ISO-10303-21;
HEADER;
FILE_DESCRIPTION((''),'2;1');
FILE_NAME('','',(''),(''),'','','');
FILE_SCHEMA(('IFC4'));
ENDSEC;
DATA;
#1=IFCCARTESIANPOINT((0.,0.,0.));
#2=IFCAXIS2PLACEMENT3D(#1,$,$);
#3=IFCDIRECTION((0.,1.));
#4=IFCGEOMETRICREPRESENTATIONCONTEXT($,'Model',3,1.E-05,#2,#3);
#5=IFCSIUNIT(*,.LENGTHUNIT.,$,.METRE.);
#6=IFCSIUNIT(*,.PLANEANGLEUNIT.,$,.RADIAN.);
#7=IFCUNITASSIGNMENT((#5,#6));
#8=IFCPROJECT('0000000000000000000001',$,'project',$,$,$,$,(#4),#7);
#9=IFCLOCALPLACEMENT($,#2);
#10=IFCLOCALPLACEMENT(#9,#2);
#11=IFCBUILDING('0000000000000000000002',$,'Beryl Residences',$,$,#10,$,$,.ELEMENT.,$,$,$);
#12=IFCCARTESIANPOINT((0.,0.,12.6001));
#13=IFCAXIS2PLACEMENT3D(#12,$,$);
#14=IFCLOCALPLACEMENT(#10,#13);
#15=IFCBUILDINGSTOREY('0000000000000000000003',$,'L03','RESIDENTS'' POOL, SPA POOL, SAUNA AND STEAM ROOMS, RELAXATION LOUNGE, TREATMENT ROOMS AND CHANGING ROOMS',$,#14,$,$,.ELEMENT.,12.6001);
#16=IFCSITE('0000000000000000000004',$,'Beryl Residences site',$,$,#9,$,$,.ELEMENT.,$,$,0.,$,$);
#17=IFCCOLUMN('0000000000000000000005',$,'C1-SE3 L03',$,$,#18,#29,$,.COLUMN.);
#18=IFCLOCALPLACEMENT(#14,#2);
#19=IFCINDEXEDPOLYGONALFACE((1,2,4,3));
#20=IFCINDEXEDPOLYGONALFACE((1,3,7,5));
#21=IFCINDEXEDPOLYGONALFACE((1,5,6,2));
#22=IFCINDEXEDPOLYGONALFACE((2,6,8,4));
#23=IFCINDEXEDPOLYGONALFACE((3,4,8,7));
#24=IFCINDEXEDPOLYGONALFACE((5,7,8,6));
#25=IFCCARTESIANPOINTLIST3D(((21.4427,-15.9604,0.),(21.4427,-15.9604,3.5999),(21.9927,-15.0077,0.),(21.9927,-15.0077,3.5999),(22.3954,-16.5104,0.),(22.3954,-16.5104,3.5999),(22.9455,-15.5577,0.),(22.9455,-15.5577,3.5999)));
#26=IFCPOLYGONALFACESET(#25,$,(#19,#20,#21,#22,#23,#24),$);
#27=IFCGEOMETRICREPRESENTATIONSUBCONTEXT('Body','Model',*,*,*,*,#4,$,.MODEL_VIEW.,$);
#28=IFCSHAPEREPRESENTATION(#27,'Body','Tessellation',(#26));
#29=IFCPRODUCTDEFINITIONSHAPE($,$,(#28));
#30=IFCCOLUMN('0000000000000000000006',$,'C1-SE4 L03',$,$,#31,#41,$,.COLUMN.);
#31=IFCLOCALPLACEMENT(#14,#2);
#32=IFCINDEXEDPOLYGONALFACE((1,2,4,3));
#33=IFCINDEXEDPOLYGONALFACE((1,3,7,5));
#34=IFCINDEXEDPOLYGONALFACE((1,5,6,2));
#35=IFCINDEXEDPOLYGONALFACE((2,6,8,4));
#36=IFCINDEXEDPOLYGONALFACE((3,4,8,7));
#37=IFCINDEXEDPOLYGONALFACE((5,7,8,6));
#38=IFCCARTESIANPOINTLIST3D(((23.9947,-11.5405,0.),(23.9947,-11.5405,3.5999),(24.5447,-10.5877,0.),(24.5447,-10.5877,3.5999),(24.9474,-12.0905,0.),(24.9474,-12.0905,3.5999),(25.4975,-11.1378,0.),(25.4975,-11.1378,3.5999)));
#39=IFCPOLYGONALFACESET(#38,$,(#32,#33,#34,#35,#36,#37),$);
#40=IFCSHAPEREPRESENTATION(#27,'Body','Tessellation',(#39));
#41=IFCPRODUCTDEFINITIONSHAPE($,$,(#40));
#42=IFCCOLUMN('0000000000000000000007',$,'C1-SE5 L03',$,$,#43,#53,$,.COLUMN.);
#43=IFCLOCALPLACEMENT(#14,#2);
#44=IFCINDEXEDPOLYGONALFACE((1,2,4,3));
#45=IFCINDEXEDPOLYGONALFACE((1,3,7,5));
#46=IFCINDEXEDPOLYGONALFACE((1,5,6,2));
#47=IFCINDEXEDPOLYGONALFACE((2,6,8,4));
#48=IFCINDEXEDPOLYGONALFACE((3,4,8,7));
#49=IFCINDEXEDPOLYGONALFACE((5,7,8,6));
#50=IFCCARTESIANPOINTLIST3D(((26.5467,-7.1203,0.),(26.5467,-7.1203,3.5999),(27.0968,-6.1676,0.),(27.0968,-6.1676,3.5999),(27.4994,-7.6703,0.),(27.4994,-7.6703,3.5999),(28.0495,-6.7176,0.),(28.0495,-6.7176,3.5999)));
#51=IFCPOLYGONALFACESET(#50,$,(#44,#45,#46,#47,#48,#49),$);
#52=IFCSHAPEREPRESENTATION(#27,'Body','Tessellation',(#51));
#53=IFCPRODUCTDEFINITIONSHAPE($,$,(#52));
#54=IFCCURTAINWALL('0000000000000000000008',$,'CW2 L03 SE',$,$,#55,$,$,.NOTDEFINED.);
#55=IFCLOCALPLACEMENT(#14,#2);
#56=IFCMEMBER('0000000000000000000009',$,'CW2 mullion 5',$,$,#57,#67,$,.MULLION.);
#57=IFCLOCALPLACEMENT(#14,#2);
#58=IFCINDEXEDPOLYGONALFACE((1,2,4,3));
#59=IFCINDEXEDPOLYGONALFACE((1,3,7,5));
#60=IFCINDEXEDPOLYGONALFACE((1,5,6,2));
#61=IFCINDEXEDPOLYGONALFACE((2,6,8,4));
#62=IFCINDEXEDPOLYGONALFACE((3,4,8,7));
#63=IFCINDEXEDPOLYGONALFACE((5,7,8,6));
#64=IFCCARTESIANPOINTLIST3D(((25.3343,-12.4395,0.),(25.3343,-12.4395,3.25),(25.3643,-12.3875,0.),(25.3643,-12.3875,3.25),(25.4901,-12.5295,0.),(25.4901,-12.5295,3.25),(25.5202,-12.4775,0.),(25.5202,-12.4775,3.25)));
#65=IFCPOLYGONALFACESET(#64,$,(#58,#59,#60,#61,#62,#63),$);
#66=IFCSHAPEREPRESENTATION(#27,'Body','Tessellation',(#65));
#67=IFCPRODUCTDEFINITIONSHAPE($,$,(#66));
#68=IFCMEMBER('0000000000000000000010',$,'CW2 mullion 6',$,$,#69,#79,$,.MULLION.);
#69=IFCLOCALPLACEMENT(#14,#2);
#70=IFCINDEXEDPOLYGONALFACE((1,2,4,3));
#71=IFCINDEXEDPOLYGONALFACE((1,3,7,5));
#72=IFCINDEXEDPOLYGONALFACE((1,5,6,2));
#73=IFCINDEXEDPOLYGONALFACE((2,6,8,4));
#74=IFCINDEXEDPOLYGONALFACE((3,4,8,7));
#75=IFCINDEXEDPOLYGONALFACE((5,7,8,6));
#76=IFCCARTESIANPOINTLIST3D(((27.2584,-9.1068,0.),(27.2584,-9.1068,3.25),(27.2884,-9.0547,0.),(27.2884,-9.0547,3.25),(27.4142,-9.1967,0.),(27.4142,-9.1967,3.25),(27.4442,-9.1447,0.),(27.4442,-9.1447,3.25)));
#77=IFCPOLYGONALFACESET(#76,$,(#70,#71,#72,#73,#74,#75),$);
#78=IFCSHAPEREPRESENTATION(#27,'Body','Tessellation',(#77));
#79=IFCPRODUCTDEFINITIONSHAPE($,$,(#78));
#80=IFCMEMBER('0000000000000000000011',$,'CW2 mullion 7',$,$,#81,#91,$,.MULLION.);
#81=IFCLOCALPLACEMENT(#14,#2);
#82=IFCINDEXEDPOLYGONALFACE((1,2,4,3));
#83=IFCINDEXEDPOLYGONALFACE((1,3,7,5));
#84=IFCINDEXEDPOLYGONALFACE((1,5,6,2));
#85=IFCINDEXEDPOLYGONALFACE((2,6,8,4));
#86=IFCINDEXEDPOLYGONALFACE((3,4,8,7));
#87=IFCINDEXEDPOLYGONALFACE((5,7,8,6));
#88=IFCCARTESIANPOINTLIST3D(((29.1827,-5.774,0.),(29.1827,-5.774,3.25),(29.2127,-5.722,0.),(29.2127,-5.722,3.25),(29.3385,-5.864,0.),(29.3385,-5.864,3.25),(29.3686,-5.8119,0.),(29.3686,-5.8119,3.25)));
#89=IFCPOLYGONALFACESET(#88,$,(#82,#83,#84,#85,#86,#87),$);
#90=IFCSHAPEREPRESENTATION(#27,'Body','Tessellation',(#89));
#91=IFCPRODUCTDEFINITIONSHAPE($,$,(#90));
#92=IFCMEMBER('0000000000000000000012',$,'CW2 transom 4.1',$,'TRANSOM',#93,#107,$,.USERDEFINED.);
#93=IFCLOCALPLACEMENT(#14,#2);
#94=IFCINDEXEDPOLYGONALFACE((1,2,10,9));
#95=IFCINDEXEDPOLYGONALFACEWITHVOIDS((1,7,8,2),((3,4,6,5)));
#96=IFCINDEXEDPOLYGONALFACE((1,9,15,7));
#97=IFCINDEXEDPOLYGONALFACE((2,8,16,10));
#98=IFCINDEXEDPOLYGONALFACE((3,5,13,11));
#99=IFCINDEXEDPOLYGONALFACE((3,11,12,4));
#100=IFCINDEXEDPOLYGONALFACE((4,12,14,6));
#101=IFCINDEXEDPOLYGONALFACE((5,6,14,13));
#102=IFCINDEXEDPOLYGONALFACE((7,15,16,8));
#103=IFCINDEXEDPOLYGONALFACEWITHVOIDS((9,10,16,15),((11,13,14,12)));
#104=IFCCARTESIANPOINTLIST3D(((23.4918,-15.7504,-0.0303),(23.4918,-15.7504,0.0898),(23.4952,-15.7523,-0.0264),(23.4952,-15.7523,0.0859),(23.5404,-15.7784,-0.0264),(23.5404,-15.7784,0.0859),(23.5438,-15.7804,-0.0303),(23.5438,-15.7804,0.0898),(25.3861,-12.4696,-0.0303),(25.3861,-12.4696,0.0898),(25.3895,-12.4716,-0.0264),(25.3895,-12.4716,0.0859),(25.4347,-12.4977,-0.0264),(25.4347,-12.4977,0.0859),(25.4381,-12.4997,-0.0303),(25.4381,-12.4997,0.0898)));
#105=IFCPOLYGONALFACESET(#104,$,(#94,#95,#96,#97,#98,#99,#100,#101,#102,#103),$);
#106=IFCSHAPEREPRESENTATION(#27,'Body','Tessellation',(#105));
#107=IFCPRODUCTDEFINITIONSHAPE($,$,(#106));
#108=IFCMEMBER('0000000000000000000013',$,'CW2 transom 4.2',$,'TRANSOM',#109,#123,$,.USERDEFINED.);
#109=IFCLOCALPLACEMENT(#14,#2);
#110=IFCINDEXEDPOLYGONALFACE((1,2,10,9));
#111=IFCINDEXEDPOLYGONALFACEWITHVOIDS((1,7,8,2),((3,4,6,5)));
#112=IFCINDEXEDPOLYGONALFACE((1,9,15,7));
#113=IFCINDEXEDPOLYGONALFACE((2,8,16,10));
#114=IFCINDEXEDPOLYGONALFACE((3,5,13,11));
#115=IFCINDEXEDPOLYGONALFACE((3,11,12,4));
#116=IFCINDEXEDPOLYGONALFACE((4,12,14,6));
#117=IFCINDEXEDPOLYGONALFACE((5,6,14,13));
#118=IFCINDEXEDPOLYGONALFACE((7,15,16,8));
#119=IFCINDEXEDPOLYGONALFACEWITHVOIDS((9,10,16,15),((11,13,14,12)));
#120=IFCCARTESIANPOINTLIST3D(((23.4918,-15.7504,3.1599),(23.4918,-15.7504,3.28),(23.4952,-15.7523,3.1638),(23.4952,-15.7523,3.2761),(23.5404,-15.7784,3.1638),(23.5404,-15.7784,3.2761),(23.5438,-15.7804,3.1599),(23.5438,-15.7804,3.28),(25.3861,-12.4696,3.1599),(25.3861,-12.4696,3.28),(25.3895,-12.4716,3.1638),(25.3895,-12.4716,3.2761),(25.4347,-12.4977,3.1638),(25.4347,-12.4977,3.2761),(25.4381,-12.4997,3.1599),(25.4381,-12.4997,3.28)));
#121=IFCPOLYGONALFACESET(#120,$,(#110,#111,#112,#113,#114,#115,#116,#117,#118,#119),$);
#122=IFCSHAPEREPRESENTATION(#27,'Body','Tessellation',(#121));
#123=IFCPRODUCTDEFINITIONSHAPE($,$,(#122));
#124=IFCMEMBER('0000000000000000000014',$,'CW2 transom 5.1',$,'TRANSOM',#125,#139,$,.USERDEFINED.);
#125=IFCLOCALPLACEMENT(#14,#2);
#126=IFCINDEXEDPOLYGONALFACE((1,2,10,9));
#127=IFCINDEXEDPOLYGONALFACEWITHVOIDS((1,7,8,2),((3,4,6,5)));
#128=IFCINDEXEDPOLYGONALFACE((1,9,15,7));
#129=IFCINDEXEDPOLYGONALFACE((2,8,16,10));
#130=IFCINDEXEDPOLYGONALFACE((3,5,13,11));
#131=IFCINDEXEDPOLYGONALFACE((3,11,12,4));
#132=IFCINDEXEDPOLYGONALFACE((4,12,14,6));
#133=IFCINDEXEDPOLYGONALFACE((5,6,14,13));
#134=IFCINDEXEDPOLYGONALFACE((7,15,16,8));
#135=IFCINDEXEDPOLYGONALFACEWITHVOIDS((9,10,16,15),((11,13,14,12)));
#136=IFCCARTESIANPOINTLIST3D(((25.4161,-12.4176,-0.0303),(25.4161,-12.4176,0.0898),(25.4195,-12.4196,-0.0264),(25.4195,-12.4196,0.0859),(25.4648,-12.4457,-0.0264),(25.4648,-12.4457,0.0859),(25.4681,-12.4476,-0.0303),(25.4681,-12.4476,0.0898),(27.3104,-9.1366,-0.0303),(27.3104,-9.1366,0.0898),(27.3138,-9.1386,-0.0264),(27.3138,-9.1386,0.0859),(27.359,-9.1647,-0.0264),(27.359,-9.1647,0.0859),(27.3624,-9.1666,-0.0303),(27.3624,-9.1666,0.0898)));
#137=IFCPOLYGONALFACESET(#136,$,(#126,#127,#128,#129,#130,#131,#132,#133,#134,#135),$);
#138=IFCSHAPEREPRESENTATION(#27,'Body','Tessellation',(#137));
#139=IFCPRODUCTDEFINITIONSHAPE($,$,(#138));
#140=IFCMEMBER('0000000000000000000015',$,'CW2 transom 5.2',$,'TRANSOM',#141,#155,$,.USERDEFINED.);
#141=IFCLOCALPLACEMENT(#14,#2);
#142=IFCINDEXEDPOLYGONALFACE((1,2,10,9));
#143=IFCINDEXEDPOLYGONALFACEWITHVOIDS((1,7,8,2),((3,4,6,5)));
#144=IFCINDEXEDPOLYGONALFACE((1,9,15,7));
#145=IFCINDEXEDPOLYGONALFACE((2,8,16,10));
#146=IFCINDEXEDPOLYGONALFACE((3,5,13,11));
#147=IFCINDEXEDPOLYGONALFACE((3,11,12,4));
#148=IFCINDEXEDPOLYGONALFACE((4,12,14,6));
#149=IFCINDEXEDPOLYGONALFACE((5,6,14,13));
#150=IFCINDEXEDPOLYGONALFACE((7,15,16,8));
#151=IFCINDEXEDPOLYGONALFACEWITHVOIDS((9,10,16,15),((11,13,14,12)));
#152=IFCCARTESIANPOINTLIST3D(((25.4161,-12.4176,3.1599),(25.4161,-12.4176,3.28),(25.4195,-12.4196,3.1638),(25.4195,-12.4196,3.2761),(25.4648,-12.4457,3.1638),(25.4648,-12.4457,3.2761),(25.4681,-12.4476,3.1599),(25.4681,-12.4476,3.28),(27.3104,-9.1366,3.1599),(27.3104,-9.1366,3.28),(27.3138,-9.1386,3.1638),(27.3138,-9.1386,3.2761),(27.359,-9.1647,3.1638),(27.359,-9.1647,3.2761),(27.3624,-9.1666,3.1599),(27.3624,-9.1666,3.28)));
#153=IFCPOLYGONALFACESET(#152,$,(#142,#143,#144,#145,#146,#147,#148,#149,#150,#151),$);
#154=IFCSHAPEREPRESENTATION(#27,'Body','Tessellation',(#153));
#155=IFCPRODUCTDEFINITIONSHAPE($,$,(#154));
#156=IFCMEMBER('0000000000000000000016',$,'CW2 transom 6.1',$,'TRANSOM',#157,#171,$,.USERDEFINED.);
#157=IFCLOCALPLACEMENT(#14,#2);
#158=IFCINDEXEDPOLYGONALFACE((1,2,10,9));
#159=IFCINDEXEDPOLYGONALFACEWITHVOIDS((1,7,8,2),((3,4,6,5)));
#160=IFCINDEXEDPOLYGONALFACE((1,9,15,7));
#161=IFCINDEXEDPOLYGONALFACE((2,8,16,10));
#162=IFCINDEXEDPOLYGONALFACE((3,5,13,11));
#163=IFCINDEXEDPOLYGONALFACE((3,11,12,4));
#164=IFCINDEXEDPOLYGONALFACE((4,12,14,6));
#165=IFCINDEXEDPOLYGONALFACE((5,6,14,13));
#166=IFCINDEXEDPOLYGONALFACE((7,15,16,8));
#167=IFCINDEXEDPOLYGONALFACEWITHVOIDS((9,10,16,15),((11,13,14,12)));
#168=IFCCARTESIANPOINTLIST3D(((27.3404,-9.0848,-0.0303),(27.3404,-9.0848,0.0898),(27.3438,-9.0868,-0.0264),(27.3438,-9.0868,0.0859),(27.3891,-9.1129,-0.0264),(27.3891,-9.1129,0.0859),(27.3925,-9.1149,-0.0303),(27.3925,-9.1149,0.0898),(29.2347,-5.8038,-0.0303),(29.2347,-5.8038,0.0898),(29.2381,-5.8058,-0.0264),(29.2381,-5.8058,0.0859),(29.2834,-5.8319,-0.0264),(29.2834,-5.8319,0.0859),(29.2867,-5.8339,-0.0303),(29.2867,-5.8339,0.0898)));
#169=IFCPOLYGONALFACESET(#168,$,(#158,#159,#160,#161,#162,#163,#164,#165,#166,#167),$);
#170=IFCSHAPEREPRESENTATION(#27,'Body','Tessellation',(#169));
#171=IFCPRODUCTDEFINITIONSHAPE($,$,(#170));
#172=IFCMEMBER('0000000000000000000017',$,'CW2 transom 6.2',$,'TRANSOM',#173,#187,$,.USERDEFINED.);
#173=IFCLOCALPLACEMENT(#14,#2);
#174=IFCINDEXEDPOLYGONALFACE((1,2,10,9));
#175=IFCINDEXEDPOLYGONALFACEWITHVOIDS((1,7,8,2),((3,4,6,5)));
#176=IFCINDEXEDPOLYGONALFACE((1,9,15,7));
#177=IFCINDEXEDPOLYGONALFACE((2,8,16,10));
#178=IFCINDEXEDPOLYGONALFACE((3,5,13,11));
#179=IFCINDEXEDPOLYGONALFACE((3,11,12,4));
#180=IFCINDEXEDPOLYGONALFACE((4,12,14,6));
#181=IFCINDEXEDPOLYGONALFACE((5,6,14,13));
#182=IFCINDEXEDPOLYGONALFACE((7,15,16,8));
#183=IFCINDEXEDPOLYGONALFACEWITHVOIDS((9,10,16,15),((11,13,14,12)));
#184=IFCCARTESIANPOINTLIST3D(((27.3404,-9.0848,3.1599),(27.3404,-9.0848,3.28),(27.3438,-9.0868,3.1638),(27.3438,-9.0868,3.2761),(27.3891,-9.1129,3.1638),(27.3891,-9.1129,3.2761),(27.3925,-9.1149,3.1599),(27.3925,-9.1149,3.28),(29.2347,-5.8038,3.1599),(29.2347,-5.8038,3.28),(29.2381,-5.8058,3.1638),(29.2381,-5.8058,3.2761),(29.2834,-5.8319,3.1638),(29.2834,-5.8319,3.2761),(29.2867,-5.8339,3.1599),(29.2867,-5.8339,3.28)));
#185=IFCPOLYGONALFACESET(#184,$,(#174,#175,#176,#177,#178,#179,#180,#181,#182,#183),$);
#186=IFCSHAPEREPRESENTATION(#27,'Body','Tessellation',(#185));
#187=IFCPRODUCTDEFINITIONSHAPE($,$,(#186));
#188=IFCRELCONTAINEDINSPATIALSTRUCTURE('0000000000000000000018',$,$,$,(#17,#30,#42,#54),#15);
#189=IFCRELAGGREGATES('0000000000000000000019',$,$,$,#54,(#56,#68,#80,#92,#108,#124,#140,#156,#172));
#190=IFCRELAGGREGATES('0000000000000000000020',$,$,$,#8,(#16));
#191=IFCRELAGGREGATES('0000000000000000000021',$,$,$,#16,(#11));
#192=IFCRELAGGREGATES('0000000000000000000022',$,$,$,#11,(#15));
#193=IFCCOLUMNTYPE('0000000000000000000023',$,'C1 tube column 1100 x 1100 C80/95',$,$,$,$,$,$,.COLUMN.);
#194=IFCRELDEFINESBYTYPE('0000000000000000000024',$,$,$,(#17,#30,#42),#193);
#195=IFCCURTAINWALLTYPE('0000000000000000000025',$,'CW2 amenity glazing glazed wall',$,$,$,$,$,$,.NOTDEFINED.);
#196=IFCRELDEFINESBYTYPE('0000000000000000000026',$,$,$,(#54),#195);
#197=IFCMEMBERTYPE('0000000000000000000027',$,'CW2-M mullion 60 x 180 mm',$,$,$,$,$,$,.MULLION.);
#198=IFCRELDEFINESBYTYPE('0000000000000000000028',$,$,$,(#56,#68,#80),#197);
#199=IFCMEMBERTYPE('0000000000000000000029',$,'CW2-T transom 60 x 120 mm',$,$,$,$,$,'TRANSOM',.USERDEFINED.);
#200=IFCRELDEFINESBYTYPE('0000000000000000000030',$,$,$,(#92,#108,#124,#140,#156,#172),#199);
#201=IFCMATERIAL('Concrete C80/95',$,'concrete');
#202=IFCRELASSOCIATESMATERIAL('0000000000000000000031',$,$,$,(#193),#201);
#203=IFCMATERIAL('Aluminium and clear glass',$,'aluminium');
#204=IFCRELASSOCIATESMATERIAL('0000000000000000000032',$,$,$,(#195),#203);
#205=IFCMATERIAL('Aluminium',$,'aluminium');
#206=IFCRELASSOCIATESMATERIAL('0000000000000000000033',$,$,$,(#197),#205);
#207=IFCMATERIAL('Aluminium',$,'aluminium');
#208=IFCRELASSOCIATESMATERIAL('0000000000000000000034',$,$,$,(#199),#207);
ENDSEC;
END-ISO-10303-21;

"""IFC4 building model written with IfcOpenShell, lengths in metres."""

from ifc_helpers import new_model, si_unit, direction, frame, origin, origin_2d, place, context, subcontext, project, spatial, rectangle, hollow_rectangle, extrude, material, material_profile, profile_set, type_object, element, aggregate, save


model = new_model("IFC4")

# Units and contexts
model_context = context("Model", 3, precision=1e-05, world=origin(), true_north=direction((0.0, 1.0)))
body_context = subcontext(model_context, "Body", "Model", "MODEL_VIEW")
ifc_project = project(units=[si_unit("LENGTHUNIT", "METRE"), si_unit("PLANEANGLEUNIT", "RADIAN")], contexts=[model_context])

# Site, building, storey
site_placement = place(None, origin())
site = spatial("IfcSite", under=ifc_project, at=site_placement, Name="Beryl Residences site", CompositionType="ELEMENT", RefElevation=0.0)
building_placement = place(site_placement, origin())
building = spatial("IfcBuilding", under=site, at=building_placement, Name="Beryl Residences", CompositionType="ELEMENT")
storey_placement = place(building_placement, frame((0.0, 0.0, 12.6001)))
storey = spatial("IfcBuildingStorey", under=building, at=storey_placement, Name="L03", Description="RESIDENTS' POOL, SPA POOL, SAUNA AND STEAM ROOMS, RELAXATION LOUNGE, TREATMENT ROOMS AND CHANGING ROOMS", CompositionType="ELEMENT", Elevation=12.6001)

# Columns
ifc_material_1 = material(Name="Concrete C80/95", Category="concrete")
ifc_material_profile_1 = material_profile(ifc_material_1, rectangle(XDim=1.1001, YDim=1.1001, at=origin_2d()))
ifc_profile_set_1 = profile_set([ifc_material_profile_1], Name="Concrete C80/95")
column_type = type_object("IfcColumnType", Name="C1 tube column 1100 x 1100 C80/95", PredefinedType="COLUMN", material=ifc_profile_set_1)
for number, where, z_axis, x_axis, name in (
    (1, (22.1941, -15.759, 0.0), (0.0, 0.0, 1.0), (0.499985, 0.866034, 0.0), "C1-SE3 L03"),
    (2, (24.7461, -11.3391, 0.0), (0.0, 0.0, 1.0), (0.499985, 0.866034, 0.0), "C1-SE4 L03"),
    (3, (27.2981, -6.9189, 0.0), (0.0, 0.0, 1.0), (0.499985, 0.866034, 0.0), "C1-SE5 L03"),
):
    element("IfcColumn", number, at=place(storey_placement, frame(where, z_axis=z_axis, x_axis=x_axis)), inside=storey, type_object=column_type, Name=name, PredefinedType="COLUMN", context=body_context, shape_type="SweptSolid", body=[
        extrude(rectangle(XDim=1.1001, YDim=1.1001, at=origin_2d()), origin(), (0.0, 0.0, 1.0), 3.5999),
    ])

# Curtain wall, members
ifc_material_2 = material(Name="Aluminium and clear glass", Category="aluminium")
curtain_wall_type = type_object("IfcCurtainWallType", Name="CW2 amenity glazing glazed wall", PredefinedType="NOTDEFINED", material=ifc_material_2)
curtain_wall_placement = place(storey_placement, origin())
curtain_wall = element("IfcCurtainWall", 4, at=curtain_wall_placement, inside=storey, type_object=curtain_wall_type, Name="CW2 L03 SE", PredefinedType="NOTDEFINED")
ifc_material_3 = material(Name="Aluminium", Category="aluminium")
ifc_material_profile_2 = material_profile(ifc_material_3, rectangle(XDim=0.0601, YDim=0.1799, at=origin_2d()))
ifc_profile_set_2 = profile_set([ifc_material_profile_2], Name="Aluminium")
member_type_1 = type_object("IfcMemberType", Name="CW2-M mullion 60 x 180 mm", PredefinedType="MULLION", material=ifc_profile_set_2)
member_1_placement = place(storey_placement, frame((25.4272, -12.4585, 0.0), z_axis=(0.0, 0.0, 1.0), x_axis=(0.500012, 0.866019, 0.0)))
member_1 = element("IfcMember", 5, at=member_1_placement, type_object=member_type_1, Name="CW2 mullion 5", PredefinedType="MULLION", context=body_context, shape_type="SweptSolid", body=[
    extrude(rectangle(XDim=0.0601, YDim=0.1799, at=origin_2d()), origin(), (0.0, 0.0, 1.0), 3.25),
])
member_2_placement = place(storey_placement, frame((27.3513, -9.1257, 0.0), z_axis=(0.0, 0.0, 1.0), x_axis=(0.500012, 0.866019, 0.0)))
member_2 = element("IfcMember", 6, at=member_2_placement, type_object=member_type_1, Name="CW2 mullion 6", PredefinedType="MULLION", context=body_context, shape_type="SweptSolid", body=[
    extrude(rectangle(XDim=0.0601, YDim=0.1799, at=origin_2d()), origin(), (0.0, 0.0, 1.0), 3.25),
])
member_3_placement = place(storey_placement, frame((29.2756, -5.793, 0.0), z_axis=(0.0, 0.0, 1.0), x_axis=(0.500012, 0.866019, 0.0)))
member_3 = element("IfcMember", 7, at=member_3_placement, type_object=member_type_1, Name="CW2 mullion 7", PredefinedType="MULLION", context=body_context, shape_type="SweptSolid", body=[
    extrude(rectangle(XDim=0.0601, YDim=0.1799, at=origin_2d()), origin(), (0.0, 0.0, 1.0), 3.25),
])
ifc_material_4 = material(Name="Aluminium", Category="aluminium")
ifc_material_profile_3 = material_profile(ifc_material_4, hollow_rectangle(XDim=0.0601, YDim=0.1201, WallThickness=0.0039, at=origin_2d()))
ifc_profile_set_3 = profile_set([ifc_material_profile_3], Name="Aluminium")
member_type_2 = type_object("IfcMemberType", Name="CW2-T transom 60 x 120 mm", ElementType="TRANSOM", PredefinedType="USERDEFINED", material=ifc_profile_set_3)
member_4_placement = place(storey_placement, frame((23.5178, -15.7654, 0.0298), z_axis=(0.500027, 0.86601, 0.0), x_axis=(-0.86601, 0.500027, 0.0)))
member_4 = element("IfcMember", 8, at=member_4_placement, type_object=member_type_2, Name="CW2 transom 4.1", ObjectType="TRANSOM", PredefinedType="USERDEFINED", context=body_context, shape_type="SweptSolid", body=[
    extrude(hollow_rectangle(XDim=0.0601, YDim=0.1201, WallThickness=0.0039, at=origin_2d()), origin(), (0.0, 0.0, 1.0), 3.7883),
])
member_5_placement = place(storey_placement, frame((23.5178, -15.7654, 3.22), z_axis=(0.500027, 0.86601, 0.0), x_axis=(-0.86601, 0.500027, 0.0)))
member_5 = element("IfcMember", 9, at=member_5_placement, type_object=member_type_2, Name="CW2 transom 4.2", ObjectType="TRANSOM", PredefinedType="USERDEFINED", context=body_context, shape_type="SweptSolid", body=[
    extrude(hollow_rectangle(XDim=0.0601, YDim=0.1201, WallThickness=0.0039, at=origin_2d()), origin(), (0.0, 0.0, 1.0), 3.7883),
])
member_6_placement = place(storey_placement, frame((25.4421, -12.4326, 0.0298), z_axis=(0.5, 0.866026, 0.0), x_axis=(-0.866026, 0.5, 0.0)))
member_6 = element("IfcMember", 10, at=member_6_placement, type_object=member_type_2, Name="CW2 transom 5.1", ObjectType="TRANSOM", PredefinedType="USERDEFINED", context=body_context, shape_type="SweptSolid", body=[
    extrude(hollow_rectangle(XDim=0.0601, YDim=0.1201, WallThickness=0.0039, at=origin_2d()), origin(), (0.0, 0.0, 1.0), 3.7886),
])
member_7_placement = place(storey_placement, frame((25.4421, -12.4326, 3.22), z_axis=(0.5, 0.866026, 0.0), x_axis=(-0.866026, 0.5, 0.0)))
member_7 = element("IfcMember", 11, at=member_7_placement, type_object=member_type_2, Name="CW2 transom 5.2", ObjectType="TRANSOM", PredefinedType="USERDEFINED", context=body_context, shape_type="SweptSolid", body=[
    extrude(hollow_rectangle(XDim=0.0601, YDim=0.1201, WallThickness=0.0039, at=origin_2d()), origin(), (0.0, 0.0, 1.0), 3.7886),
])
member_8_placement = place(storey_placement, frame((27.3665, -9.0999, 0.0298), z_axis=(0.5, 0.866026, 0.0), x_axis=(-0.866026, 0.5, 0.0)))
member_8 = element("IfcMember", 12, at=member_8_placement, type_object=member_type_2, Name="CW2 transom 6.1", ObjectType="TRANSOM", PredefinedType="USERDEFINED", context=body_context, shape_type="SweptSolid", body=[
    extrude(hollow_rectangle(XDim=0.0601, YDim=0.1201, WallThickness=0.0039, at=origin_2d()), origin(), (0.0, 0.0, 1.0), 3.7886),
])
member_9_placement = place(storey_placement, frame((27.3665, -9.0999, 3.22), z_axis=(0.5, 0.866026, 0.0), x_axis=(-0.866026, 0.5, 0.0)))
member_9 = element("IfcMember", 13, at=member_9_placement, type_object=member_type_2, Name="CW2 transom 6.2", ObjectType="TRANSOM", PredefinedType="USERDEFINED", context=body_context, shape_type="SweptSolid", body=[
    extrude(hollow_rectangle(XDim=0.0601, YDim=0.1201, WallThickness=0.0039, at=origin_2d()), origin(), (0.0, 0.0, 1.0), 3.7886),
])

aggregate(curtain_wall, [member_1, member_2, member_3, member_4, member_5, member_6, member_7, member_8, member_9])

save(model, "model.ifc")
